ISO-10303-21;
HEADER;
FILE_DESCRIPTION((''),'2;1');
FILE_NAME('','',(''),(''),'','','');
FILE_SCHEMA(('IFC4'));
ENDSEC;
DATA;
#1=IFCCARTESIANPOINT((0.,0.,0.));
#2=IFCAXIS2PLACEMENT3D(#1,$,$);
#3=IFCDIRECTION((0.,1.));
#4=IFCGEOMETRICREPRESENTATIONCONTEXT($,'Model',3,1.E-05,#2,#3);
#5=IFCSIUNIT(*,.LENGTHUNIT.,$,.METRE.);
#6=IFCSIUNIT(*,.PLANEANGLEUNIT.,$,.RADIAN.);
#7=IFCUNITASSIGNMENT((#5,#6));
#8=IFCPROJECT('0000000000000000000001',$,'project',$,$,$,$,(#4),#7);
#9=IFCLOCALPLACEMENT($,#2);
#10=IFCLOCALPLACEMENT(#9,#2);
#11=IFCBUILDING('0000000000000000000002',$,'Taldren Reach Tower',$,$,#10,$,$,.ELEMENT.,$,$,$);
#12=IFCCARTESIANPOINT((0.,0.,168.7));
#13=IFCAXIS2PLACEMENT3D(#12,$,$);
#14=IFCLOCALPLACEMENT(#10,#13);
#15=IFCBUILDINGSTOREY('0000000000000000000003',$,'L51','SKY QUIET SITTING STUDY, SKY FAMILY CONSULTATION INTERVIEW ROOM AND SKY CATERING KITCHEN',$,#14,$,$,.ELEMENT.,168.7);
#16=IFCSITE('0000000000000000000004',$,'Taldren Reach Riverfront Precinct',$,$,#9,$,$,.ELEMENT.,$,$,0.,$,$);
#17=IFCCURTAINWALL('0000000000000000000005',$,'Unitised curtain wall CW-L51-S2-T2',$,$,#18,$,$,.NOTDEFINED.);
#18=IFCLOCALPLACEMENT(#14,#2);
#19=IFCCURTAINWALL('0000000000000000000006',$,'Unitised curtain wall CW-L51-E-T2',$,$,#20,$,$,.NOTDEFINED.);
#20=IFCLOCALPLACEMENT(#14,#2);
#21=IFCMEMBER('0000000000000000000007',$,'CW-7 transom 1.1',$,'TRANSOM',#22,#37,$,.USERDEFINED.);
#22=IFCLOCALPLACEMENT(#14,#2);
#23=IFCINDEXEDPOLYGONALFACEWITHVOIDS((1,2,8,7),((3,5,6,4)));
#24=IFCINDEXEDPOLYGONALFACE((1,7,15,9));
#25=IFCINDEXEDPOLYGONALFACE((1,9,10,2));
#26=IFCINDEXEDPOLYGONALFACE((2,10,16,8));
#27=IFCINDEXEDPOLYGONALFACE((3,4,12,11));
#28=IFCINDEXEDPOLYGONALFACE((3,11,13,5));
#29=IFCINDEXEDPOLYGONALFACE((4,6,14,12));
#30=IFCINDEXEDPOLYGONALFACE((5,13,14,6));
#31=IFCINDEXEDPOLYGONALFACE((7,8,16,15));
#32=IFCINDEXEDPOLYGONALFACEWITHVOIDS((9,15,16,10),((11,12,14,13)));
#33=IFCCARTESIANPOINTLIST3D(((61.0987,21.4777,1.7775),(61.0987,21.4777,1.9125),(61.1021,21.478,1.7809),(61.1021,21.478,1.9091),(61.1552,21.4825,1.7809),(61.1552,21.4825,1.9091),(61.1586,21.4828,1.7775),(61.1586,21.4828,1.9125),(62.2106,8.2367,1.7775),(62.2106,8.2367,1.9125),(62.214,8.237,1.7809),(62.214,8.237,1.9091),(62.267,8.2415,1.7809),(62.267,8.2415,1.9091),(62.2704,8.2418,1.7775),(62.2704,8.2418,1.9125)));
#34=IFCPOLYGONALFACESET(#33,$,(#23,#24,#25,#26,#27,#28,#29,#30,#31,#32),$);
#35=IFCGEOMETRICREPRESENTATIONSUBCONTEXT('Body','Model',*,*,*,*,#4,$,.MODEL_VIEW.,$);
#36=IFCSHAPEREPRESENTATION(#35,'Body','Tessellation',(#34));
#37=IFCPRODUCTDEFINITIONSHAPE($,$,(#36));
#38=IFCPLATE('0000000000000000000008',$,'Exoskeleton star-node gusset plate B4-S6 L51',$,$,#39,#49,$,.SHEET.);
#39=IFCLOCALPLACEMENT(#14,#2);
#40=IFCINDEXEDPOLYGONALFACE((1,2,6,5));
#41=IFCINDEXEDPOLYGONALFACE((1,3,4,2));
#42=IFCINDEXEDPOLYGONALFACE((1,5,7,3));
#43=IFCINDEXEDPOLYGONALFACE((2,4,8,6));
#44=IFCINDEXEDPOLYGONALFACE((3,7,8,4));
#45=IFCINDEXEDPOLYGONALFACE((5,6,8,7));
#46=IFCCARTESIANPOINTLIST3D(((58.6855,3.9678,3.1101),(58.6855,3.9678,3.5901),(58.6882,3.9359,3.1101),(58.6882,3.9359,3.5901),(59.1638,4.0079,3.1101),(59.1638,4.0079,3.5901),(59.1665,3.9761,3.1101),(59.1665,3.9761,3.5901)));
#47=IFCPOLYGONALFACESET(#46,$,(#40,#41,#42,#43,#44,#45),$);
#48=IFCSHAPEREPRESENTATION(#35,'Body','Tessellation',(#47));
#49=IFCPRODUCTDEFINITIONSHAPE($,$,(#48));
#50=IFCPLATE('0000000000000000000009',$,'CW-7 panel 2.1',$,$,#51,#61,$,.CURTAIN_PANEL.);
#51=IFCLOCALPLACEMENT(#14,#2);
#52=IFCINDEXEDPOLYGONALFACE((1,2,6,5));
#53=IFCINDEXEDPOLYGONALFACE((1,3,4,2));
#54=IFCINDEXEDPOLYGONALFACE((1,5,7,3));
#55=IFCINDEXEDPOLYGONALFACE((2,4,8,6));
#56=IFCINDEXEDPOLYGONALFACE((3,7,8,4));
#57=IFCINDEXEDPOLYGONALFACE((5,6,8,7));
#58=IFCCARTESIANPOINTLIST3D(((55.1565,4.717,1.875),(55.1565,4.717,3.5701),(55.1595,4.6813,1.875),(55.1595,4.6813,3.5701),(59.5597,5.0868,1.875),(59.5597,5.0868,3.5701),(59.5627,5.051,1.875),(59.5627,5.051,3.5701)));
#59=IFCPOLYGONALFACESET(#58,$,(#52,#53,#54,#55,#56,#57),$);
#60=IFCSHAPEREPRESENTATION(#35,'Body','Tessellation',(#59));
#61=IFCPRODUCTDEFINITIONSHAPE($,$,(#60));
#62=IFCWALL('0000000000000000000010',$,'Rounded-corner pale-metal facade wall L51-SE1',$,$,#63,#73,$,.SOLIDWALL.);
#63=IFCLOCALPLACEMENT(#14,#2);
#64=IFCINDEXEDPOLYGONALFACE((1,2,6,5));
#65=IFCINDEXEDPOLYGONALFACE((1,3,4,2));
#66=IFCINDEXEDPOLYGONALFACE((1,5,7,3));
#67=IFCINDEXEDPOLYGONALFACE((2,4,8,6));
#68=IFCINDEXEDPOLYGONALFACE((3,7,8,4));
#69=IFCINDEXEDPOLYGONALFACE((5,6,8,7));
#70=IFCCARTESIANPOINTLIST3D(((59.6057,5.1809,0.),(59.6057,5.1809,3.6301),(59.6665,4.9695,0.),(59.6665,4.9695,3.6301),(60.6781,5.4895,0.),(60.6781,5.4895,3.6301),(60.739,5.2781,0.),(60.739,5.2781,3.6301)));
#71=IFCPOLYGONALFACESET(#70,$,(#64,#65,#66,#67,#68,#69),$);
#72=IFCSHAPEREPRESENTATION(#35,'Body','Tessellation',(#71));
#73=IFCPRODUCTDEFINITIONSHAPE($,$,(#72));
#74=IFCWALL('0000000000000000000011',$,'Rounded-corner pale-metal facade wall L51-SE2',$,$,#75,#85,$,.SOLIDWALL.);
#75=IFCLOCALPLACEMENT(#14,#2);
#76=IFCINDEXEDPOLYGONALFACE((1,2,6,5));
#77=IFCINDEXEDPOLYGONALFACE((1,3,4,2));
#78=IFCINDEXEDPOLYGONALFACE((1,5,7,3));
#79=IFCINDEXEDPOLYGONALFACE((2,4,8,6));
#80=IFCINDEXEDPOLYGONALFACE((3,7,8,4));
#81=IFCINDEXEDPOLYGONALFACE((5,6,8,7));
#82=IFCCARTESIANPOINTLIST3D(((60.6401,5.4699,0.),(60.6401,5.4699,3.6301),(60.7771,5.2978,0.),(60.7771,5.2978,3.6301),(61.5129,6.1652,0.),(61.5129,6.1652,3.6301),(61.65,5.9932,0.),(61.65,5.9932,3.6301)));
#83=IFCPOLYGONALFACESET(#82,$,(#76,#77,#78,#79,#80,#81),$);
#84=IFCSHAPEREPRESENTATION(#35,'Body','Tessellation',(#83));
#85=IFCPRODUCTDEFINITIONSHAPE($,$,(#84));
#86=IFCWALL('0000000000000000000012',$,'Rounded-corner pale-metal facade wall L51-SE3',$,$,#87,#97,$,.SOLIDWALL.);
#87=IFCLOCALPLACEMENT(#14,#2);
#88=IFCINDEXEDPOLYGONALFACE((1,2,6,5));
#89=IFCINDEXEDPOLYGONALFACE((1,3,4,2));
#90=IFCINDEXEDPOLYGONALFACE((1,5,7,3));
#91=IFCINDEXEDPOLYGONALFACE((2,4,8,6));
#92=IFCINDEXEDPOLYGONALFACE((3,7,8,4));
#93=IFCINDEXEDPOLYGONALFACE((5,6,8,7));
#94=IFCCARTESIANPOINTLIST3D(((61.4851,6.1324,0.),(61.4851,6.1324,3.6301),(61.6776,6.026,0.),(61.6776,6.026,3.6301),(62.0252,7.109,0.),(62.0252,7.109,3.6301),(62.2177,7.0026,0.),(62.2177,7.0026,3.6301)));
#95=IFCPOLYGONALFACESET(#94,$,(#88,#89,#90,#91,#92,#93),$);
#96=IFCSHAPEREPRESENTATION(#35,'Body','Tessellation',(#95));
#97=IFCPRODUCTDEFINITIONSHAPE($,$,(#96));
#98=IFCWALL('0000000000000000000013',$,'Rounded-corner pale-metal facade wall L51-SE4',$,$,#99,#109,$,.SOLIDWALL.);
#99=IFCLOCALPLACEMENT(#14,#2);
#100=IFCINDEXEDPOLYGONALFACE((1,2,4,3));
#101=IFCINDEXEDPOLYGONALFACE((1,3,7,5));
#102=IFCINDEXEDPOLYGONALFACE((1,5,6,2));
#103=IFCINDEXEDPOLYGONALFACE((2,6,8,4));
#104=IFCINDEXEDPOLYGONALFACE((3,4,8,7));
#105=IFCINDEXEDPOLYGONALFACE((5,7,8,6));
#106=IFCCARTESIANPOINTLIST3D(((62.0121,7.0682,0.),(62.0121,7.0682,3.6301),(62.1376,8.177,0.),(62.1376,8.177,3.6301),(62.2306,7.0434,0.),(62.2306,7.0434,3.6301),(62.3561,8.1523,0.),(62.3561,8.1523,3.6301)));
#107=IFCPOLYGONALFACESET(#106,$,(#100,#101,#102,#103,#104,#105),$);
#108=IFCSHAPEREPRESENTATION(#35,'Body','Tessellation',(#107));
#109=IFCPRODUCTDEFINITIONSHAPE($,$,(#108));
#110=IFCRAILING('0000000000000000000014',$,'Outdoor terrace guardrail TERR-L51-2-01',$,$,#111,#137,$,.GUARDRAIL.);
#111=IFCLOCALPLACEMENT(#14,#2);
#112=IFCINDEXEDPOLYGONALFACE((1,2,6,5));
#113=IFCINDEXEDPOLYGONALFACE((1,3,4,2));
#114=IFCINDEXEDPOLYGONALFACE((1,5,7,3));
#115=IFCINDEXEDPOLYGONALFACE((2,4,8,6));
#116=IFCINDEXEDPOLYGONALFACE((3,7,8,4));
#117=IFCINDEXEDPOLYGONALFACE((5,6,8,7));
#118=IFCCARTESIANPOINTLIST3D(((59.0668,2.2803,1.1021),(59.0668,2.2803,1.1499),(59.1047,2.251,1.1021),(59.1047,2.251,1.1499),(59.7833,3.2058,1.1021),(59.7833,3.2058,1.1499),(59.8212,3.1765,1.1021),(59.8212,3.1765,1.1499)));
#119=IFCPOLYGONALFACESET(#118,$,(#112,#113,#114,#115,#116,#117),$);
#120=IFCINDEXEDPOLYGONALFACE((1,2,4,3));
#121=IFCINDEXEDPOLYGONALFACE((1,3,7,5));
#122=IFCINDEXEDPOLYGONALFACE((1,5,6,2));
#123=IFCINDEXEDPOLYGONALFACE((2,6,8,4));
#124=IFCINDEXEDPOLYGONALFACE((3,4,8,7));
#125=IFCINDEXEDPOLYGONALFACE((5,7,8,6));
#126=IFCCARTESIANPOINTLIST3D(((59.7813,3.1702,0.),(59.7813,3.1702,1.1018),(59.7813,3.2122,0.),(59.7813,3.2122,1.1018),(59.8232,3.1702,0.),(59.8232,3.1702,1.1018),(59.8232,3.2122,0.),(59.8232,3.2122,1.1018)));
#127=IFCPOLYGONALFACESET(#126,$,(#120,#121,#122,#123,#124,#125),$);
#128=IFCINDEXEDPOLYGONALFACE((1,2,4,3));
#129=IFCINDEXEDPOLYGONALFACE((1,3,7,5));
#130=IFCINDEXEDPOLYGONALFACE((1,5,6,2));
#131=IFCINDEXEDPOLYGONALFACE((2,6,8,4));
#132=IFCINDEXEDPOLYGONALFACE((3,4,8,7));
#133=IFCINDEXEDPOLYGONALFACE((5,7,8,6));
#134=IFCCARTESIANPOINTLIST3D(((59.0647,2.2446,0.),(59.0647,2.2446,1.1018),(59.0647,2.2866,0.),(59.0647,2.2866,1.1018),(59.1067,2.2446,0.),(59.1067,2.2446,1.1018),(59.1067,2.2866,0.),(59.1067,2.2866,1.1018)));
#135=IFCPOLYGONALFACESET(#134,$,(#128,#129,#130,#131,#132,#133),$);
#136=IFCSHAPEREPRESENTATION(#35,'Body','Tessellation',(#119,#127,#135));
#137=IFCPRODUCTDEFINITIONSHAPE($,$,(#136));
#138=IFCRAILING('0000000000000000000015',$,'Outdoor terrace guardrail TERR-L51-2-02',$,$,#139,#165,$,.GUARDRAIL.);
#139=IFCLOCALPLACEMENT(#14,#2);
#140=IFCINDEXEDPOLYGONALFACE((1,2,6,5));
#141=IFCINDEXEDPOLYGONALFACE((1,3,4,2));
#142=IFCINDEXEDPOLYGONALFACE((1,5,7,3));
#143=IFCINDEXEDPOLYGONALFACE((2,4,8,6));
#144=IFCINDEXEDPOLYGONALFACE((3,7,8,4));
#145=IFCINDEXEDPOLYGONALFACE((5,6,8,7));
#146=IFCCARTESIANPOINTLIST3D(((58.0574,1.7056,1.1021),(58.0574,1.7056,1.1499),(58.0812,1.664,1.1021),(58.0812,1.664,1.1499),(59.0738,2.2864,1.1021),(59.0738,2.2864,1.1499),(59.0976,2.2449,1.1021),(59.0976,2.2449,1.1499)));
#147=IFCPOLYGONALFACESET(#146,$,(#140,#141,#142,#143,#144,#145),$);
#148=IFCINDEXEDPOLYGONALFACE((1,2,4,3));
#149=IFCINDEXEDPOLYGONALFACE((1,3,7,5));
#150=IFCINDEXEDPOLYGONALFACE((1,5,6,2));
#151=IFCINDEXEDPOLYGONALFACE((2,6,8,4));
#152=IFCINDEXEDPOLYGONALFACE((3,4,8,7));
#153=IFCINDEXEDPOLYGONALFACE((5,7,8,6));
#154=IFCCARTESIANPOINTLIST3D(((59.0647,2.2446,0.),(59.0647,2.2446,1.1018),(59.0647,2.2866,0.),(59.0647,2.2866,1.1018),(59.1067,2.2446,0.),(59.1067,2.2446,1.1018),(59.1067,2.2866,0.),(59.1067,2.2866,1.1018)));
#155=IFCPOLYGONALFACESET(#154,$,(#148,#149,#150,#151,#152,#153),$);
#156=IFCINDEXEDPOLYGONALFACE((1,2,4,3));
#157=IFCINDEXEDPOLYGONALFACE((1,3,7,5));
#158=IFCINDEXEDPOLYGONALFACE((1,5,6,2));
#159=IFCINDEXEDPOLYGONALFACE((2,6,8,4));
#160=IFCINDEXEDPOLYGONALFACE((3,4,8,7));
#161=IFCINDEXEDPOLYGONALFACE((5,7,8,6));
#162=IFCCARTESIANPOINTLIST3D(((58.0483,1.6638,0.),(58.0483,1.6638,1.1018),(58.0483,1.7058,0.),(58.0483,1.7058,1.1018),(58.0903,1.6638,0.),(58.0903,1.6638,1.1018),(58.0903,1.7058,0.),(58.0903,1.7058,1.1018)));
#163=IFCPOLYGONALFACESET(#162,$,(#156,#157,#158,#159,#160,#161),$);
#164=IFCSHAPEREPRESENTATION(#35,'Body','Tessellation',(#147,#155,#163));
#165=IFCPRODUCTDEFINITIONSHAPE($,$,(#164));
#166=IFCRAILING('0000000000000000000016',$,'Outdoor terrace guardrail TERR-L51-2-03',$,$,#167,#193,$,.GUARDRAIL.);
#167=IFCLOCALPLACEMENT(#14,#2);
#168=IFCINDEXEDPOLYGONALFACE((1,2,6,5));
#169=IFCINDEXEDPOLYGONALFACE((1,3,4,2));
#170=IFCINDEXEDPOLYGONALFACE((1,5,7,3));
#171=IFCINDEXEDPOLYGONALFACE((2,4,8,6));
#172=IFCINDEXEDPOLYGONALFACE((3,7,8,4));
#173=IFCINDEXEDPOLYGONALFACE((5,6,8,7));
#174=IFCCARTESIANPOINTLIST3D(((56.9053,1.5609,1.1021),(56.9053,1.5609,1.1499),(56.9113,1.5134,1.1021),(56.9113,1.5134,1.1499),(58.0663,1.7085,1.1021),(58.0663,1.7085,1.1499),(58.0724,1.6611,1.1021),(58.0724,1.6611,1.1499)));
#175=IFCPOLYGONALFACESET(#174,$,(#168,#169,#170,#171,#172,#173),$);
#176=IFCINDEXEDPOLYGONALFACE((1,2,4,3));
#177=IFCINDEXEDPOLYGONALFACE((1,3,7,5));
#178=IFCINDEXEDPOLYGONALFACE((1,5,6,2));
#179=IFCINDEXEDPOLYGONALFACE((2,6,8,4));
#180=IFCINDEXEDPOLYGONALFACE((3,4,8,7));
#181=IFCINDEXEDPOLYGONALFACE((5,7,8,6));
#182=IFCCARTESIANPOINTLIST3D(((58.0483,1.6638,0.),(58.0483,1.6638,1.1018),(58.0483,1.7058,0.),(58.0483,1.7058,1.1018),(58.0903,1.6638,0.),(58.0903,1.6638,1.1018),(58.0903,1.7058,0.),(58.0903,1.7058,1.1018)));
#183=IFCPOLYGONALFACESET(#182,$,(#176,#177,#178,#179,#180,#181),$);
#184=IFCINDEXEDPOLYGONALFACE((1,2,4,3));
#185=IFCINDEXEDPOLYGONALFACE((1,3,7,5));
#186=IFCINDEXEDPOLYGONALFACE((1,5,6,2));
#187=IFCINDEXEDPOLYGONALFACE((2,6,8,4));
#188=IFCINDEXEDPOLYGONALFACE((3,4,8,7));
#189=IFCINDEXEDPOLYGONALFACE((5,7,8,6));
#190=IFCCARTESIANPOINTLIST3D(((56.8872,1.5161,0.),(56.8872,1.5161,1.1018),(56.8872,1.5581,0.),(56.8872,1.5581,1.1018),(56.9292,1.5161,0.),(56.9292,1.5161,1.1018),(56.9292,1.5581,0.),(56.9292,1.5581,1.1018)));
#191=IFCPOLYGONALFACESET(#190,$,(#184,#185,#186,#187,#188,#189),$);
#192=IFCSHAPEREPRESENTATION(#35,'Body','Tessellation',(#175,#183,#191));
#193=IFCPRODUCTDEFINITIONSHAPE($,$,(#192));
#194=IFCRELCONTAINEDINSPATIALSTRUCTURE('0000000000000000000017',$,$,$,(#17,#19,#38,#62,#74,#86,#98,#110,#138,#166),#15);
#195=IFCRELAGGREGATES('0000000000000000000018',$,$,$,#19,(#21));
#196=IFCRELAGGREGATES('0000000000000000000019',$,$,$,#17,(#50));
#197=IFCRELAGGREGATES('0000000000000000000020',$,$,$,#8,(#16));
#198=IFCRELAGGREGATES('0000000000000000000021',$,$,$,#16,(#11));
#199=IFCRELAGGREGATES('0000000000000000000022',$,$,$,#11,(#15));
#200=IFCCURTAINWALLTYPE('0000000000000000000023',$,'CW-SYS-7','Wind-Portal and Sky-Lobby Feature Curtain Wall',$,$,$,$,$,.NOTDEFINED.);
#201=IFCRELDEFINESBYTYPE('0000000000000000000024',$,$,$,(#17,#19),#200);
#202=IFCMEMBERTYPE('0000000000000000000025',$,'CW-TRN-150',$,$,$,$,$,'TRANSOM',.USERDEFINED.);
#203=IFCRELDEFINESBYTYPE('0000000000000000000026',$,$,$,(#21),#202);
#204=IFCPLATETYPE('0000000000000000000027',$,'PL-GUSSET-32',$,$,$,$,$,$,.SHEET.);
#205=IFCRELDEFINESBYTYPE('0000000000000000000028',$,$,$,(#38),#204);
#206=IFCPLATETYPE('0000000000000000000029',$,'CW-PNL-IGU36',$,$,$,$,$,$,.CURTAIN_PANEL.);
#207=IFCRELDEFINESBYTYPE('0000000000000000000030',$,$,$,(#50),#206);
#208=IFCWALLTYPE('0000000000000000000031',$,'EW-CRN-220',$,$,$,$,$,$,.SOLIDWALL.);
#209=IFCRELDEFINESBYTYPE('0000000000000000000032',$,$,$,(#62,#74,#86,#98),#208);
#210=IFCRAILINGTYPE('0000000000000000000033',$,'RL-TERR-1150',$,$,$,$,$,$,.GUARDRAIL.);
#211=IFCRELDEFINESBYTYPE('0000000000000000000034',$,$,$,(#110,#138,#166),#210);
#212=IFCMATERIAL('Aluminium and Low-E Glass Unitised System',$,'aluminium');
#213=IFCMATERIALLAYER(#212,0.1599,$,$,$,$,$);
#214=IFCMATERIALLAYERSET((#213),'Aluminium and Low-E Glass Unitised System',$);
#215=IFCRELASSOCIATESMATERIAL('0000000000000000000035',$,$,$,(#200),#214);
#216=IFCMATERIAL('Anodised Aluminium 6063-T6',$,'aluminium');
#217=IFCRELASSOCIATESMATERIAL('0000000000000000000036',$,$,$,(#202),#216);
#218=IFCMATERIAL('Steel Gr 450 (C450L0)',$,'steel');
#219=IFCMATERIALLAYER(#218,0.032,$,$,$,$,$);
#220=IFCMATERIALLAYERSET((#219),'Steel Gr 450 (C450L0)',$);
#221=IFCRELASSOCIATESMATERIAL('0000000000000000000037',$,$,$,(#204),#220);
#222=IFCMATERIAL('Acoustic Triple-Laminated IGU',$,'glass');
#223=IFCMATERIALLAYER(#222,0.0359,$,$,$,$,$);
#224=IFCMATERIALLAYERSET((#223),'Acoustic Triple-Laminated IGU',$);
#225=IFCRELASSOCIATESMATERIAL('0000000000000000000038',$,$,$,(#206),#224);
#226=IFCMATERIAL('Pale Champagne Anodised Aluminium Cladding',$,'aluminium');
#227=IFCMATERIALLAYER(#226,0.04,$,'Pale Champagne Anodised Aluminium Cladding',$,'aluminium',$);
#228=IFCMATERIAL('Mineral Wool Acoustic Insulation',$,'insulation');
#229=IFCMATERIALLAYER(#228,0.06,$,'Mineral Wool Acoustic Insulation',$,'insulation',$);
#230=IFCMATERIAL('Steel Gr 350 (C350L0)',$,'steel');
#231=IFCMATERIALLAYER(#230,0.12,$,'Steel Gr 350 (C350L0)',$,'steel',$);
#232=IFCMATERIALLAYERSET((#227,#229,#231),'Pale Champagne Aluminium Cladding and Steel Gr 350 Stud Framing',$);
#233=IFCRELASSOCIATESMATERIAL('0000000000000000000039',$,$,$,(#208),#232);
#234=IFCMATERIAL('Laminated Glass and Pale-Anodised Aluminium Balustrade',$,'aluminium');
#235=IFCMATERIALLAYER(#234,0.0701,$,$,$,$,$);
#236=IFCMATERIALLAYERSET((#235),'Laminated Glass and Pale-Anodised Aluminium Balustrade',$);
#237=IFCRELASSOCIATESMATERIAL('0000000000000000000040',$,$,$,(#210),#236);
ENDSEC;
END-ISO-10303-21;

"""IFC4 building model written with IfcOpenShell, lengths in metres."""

from ifc_helpers import new_model, si_unit, direction, frame, frame_2d, origin, origin_2d, place, context, subcontext, project, spatial, rectangle, hollow_rectangle, extrude, source, transform, mapped, material, layer, layer_set, material_profile, profile_set, type_object, element, aggregate, save


model = new_model("IFC4")

# Units and contexts
model_context = context("Model", 3, precision=1e-05, world=origin(), true_north=direction((0.0, 1.0)))
body_context = subcontext(model_context, "Body", "Model", "MODEL_VIEW")
ifc_project = project(units=[si_unit("LENGTHUNIT", "METRE"), si_unit("PLANEANGLEUNIT", "RADIAN")], contexts=[model_context])

# Site, building, storey
site_placement = place(None, origin())
site = spatial("IfcSite", under=ifc_project, at=site_placement, Name="Taldren Reach Riverfront Precinct", CompositionType="ELEMENT", RefElevation=0.0)
building_placement = place(site_placement, origin())
building = spatial("IfcBuilding", under=site, at=building_placement, Name="Taldren Reach Tower", CompositionType="ELEMENT")
storey_placement = place(building_placement, frame((0.0, 0.0, 168.7)))
storey = spatial("IfcBuildingStorey", under=building, at=storey_placement, Name="L51", Description="SKY QUIET SITTING STUDY, SKY FAMILY CONSULTATION INTERVIEW ROOM AND SKY CATERING KITCHEN", CompositionType="ELEMENT", Elevation=168.7)

# Shared definitions
ifc_material_1 = material(Name="Steel Gr 350 (C350L0)", Category="steel")

# Shared definitions
ifc_material_2 = material(Name="Steel Gr 450 (C450L0)", Category="steel")

# Shared definitions
ifc_material_3 = material(Name="Aluminium and Low-E Glass Unitised System", Category="aluminium")
ifc_layer_1 = layer(ifc_material_3, 0.1599)
ifc_layer_set_1 = layer_set([ifc_layer_1], Name="Aluminium and Low-E Glass Unitised System")
curtain_wall_type = type_object("IfcCurtainWallType", Name="CW-SYS-7", Description="Wind-Portal and Sky-Lobby Feature Curtain Wall", PredefinedType="NOTDEFINED", material=ifc_layer_set_1)
ifc_material_4 = material(Name="Anodised Aluminium 6063-T6", Category="aluminium")

# Curtain wall
curtain_wall_1_placement = place(storey_placement, origin())
curtain_wall_1 = element("IfcCurtainWall", 1, at=curtain_wall_1_placement, inside=storey, type_object=curtain_wall_type, Name="Unitised curtain wall CW-L51-S2-T2", PredefinedType="NOTDEFINED")

# Curtain wall
curtain_wall_2_placement = place(storey_placement, origin())
curtain_wall_2 = element("IfcCurtainWall", 2, at=curtain_wall_2_placement, inside=storey, type_object=curtain_wall_type, Name="Unitised curtain wall CW-L51-E-T2", PredefinedType="NOTDEFINED")

# Member
ifc_material_profile_1 = material_profile(ifc_material_4, hollow_rectangle(XDim=0.0601, YDim=0.135, WallThickness=0.0034, at=origin_2d()), Name="ALU-135x60x3.5RHS")
ifc_profile_set_1 = profile_set([ifc_material_profile_1], Name="Anodised Aluminium 6063-T6")
member_type_1 = type_object("IfcMemberType", Name="CW-TRN-150", ElementType="TRANSOM", PredefinedType="USERDEFINED", material=ifc_profile_set_1)
shared_shape_1 = source(origin(), body_context, "Body", "SweptSolid", [
    extrude(hollow_rectangle(XDim=0.0601, YDim=0.135, WallThickness=0.0034, at=origin_2d()), origin(), (0.0, 0.0, 1.0), 13.2876),
])
member_1_placement = place(storey_placement, frame((62.2405, 8.2393, 1.845), z_axis=(-0.083673, 0.996493, 0.0), x_axis=(-0.996493, -0.083673, 0.0)))
member_1 = element("IfcMember", 3, at=member_1_placement, type_object=member_type_1, Name="CW-7 transom 1.1", ObjectType="TRANSOM", PredefinedType="USERDEFINED", context=body_context, shape_type="MappedRepresentation", body=[
    mapped(shared_shape_1, transform((0.0, 0.0, 0.0), scale=1.0)),
])
aggregate(curtain_wall_2, [member_1])

# Plates
ifc_layer_2 = layer(ifc_material_2, 0.032)
ifc_layer_set_2 = layer_set([ifc_layer_2], Name="Steel Gr 450 (C450L0)")
plate_type_1 = type_object("IfcPlateType", Name="PL-GUSSET-32", PredefinedType="SHEET", material=ifc_layer_set_2)
shared_shape_2 = source(origin(), body_context, "Body", "SweptSolid", [
    extrude(rectangle(XDim=0.48, YDim=0.032, at=origin_2d()), origin(), (0.0, 0.0, 1.0), 0.48),
])
plate_1_placement = place(storey_placement, frame((58.926, 3.9719, 3.1101), z_axis=(0.0, 0.0, 1.0), x_axis=(0.996493, 0.083678, 0.0)))
element("IfcPlate", 4, at=plate_1_placement, inside=storey, type_object=plate_type_1, Name="Exoskeleton star-node gusset plate B4-S6 L51", PredefinedType="SHEET", context=body_context, shape_type="MappedRepresentation", body=[
    mapped(shared_shape_2, transform((0.0, 0.0, 0.0), scale=1.0)),
])
ifc_material_5 = material(Name="Acoustic Triple-Laminated IGU", Category="glass")
ifc_layer_3 = layer(ifc_material_5, 0.0359)
ifc_layer_set_3 = layer_set([ifc_layer_3], Name="Acoustic Triple-Laminated IGU")
plate_type_2 = type_object("IfcPlateType", Name="CW-PNL-IGU36", PredefinedType="CURTAIN_PANEL", material=ifc_layer_set_3)
shared_shape_3 = source(origin(), body_context, "Body", "SweptSolid", [
    extrude(rectangle(XDim=4.4187, YDim=0.0359, at=origin_2d()), origin(), (0.0, 0.0, 1.0), 1.6951),
])
plate_2_placement = place(storey_placement, frame((57.3596, 4.884, 1.875), z_axis=(0.0, 0.0, 1.0), x_axis=(0.996493, 0.083678, 0.0)))
plate_2 = element("IfcPlate", 5, at=plate_2_placement, type_object=plate_type_2, Name="CW-7 panel 2.1", PredefinedType="CURTAIN_PANEL", context=body_context, shape_type="MappedRepresentation", body=[
    mapped(shared_shape_3, transform((0.0, 0.0, 0.0), scale=1.0)),
])
aggregate(curtain_wall_1, [plate_2])

# Walls
ifc_material_6 = material(Name="Pale Champagne Anodised Aluminium Cladding", Category="aluminium")
ifc_layer_4 = layer(ifc_material_6, 0.04, Name="Pale Champagne Anodised Aluminium Cladding", Category="aluminium")
ifc_material_7 = material(Name="Mineral Wool Acoustic Insulation", Category="insulation")
ifc_layer_5 = layer(ifc_material_7, 0.06, Name="Mineral Wool Acoustic Insulation", Category="insulation")
ifc_layer_6 = layer(ifc_material_1, 0.12, Name="Steel Gr 350 (C350L0)", Category="steel")
ifc_layer_set_4 = layer_set([ifc_layer_4, ifc_layer_5, ifc_layer_6], Name="Pale Champagne Aluminium Cladding and Steel Gr 350 Stud Framing")
wall_type = type_object("IfcWallType", Name="EW-CRN-220", PredefinedType="SOLIDWALL", material=ifc_layer_set_4)
shared_shape_4 = source(origin(), body_context, "Body", "SweptSolid", [
    extrude(rectangle(XDim=1.116, YDim=0.22, at=frame_2d((0.5581, 0.0))), origin(), (0.0, 0.0, 1.0), 3.6301),
])
for number, where, z_axis, x_axis, name in (
    (6, (59.636, 5.0752, 0.0), (0.0, 0.0, 1.0), (0.96101, 0.276512, 0.0), "Rounded-corner pale-metal facade wall L51-SE1"),
    (7, (60.7085, 5.3838, 0.0), (0.0, 0.0, 1.0), (0.782148, 0.623093, 0.0), "Rounded-corner pale-metal facade wall L51-SE2"),
    (8, (61.5813, 6.0791, 0.0), (0.0, 0.0, 1.0), (0.483933, 0.875105, 0.0), "Rounded-corner pale-metal facade wall L51-SE3"),
    (9, (62.1213, 7.0557, 0.0), (0.0, 0.0, 1.0), (0.112448, 0.993658, 0.0), "Rounded-corner pale-metal facade wall L51-SE4"),
):
    element("IfcWall", number, at=place(storey_placement, frame(where, z_axis=z_axis, x_axis=x_axis)), inside=storey, type_object=wall_type, Name=name, PredefinedType="SOLIDWALL", context=body_context, shape_type="MappedRepresentation", body=[
        mapped(shared_shape_4, transform((0.0, 0.0, 0.0), scale=1.0)),
    ])

# Railings
ifc_material_8 = material(Name="Laminated Glass and Pale-Anodised Aluminium Balustrade", Category="aluminium")
ifc_layer_7 = layer(ifc_material_8, 0.0701)
ifc_layer_set_5 = layer_set([ifc_layer_7], Name="Laminated Glass and Pale-Anodised Aluminium Balustrade")
railing_type = type_object("IfcRailingType", Name="RL-TERR-1150", PredefinedType="GUARDRAIL", material=ifc_layer_set_5)
railing_1_placement = place(storey_placement, frame((59.8022, 3.1912, 0.0)))
element("IfcRailing", 10, at=railing_1_placement, inside=storey, type_object=railing_type, Name="Outdoor terrace guardrail TERR-L51-2-01", PredefinedType="GUARDRAIL", context=body_context, shape_type="SweptSolid", body=[
    extrude(rectangle(XDim=0.0479, YDim=0.0479, at=origin_2d()), frame((0.0, 0.0, 1.126), z_axis=(-0.612177, -0.79072, 0.0), x_axis=(0.79072, -0.612177, 0.0)), (0.0, 0.0, 1.0), 1.1704),
    extrude(rectangle(XDim=0.042, YDim=0.042, at=origin_2d()), origin(), (0.0, 0.0, 1.0), 1.1018),
    extrude(rectangle(XDim=0.042, YDim=0.042, at=origin_2d()), frame((-0.7166, -0.9255, 0.0)), (0.0, 0.0, 1.0), 1.1018),
])
railing_2_placement = place(storey_placement, frame((59.0857, 2.2656, 0.0)))
element("IfcRailing", 11, at=railing_2_placement, inside=storey, type_object=railing_type, Name="Outdoor terrace guardrail TERR-L51-2-02", PredefinedType="GUARDRAIL", context=body_context, shape_type="SweptSolid", body=[
    extrude(rectangle(XDim=0.0479, YDim=0.0479, at=origin_2d()), frame((0.0, 0.0, 1.126), z_axis=(-0.86823, -0.496161, 0.0), x_axis=(0.496161, -0.86823, 0.0)), (0.0, 0.0, 1.0), 1.1707),
    extrude(rectangle(XDim=0.042, YDim=0.042, at=origin_2d()), origin(), (0.0, 0.0, 1.0), 1.1018),
    extrude(rectangle(XDim=0.042, YDim=0.042, at=origin_2d()), frame((-1.0164, -0.5808, 0.0)), (0.0, 0.0, 1.0), 1.1018),
])
railing_3_placement = place(storey_placement, frame((58.0693, 1.6848, 0.0)))
element("IfcRailing", 12, at=railing_3_placement, inside=storey, type_object=railing_type, Name="Outdoor terrace guardrail TERR-L51-2-03", PredefinedType="GUARDRAIL", context=body_context, shape_type="SweptSolid", body=[
    extrude(rectangle(XDim=0.0479, YDim=0.0479, at=origin_2d()), frame((0.0, 0.0, 1.126), z_axis=(-0.992006, -0.126191, 0.0), x_axis=(0.126191, -0.992006, 0.0)), (0.0, 0.0, 1.0), 1.1704),
    extrude(rectangle(XDim=0.042, YDim=0.042, at=origin_2d()), origin(), (0.0, 0.0, 1.0), 1.1018),
    extrude(rectangle(XDim=0.042, YDim=0.042, at=origin_2d()), frame((-1.1611, -0.1477, 0.0)), (0.0, 0.0, 1.0), 1.1018),
])

save(model, "model.ifc")
